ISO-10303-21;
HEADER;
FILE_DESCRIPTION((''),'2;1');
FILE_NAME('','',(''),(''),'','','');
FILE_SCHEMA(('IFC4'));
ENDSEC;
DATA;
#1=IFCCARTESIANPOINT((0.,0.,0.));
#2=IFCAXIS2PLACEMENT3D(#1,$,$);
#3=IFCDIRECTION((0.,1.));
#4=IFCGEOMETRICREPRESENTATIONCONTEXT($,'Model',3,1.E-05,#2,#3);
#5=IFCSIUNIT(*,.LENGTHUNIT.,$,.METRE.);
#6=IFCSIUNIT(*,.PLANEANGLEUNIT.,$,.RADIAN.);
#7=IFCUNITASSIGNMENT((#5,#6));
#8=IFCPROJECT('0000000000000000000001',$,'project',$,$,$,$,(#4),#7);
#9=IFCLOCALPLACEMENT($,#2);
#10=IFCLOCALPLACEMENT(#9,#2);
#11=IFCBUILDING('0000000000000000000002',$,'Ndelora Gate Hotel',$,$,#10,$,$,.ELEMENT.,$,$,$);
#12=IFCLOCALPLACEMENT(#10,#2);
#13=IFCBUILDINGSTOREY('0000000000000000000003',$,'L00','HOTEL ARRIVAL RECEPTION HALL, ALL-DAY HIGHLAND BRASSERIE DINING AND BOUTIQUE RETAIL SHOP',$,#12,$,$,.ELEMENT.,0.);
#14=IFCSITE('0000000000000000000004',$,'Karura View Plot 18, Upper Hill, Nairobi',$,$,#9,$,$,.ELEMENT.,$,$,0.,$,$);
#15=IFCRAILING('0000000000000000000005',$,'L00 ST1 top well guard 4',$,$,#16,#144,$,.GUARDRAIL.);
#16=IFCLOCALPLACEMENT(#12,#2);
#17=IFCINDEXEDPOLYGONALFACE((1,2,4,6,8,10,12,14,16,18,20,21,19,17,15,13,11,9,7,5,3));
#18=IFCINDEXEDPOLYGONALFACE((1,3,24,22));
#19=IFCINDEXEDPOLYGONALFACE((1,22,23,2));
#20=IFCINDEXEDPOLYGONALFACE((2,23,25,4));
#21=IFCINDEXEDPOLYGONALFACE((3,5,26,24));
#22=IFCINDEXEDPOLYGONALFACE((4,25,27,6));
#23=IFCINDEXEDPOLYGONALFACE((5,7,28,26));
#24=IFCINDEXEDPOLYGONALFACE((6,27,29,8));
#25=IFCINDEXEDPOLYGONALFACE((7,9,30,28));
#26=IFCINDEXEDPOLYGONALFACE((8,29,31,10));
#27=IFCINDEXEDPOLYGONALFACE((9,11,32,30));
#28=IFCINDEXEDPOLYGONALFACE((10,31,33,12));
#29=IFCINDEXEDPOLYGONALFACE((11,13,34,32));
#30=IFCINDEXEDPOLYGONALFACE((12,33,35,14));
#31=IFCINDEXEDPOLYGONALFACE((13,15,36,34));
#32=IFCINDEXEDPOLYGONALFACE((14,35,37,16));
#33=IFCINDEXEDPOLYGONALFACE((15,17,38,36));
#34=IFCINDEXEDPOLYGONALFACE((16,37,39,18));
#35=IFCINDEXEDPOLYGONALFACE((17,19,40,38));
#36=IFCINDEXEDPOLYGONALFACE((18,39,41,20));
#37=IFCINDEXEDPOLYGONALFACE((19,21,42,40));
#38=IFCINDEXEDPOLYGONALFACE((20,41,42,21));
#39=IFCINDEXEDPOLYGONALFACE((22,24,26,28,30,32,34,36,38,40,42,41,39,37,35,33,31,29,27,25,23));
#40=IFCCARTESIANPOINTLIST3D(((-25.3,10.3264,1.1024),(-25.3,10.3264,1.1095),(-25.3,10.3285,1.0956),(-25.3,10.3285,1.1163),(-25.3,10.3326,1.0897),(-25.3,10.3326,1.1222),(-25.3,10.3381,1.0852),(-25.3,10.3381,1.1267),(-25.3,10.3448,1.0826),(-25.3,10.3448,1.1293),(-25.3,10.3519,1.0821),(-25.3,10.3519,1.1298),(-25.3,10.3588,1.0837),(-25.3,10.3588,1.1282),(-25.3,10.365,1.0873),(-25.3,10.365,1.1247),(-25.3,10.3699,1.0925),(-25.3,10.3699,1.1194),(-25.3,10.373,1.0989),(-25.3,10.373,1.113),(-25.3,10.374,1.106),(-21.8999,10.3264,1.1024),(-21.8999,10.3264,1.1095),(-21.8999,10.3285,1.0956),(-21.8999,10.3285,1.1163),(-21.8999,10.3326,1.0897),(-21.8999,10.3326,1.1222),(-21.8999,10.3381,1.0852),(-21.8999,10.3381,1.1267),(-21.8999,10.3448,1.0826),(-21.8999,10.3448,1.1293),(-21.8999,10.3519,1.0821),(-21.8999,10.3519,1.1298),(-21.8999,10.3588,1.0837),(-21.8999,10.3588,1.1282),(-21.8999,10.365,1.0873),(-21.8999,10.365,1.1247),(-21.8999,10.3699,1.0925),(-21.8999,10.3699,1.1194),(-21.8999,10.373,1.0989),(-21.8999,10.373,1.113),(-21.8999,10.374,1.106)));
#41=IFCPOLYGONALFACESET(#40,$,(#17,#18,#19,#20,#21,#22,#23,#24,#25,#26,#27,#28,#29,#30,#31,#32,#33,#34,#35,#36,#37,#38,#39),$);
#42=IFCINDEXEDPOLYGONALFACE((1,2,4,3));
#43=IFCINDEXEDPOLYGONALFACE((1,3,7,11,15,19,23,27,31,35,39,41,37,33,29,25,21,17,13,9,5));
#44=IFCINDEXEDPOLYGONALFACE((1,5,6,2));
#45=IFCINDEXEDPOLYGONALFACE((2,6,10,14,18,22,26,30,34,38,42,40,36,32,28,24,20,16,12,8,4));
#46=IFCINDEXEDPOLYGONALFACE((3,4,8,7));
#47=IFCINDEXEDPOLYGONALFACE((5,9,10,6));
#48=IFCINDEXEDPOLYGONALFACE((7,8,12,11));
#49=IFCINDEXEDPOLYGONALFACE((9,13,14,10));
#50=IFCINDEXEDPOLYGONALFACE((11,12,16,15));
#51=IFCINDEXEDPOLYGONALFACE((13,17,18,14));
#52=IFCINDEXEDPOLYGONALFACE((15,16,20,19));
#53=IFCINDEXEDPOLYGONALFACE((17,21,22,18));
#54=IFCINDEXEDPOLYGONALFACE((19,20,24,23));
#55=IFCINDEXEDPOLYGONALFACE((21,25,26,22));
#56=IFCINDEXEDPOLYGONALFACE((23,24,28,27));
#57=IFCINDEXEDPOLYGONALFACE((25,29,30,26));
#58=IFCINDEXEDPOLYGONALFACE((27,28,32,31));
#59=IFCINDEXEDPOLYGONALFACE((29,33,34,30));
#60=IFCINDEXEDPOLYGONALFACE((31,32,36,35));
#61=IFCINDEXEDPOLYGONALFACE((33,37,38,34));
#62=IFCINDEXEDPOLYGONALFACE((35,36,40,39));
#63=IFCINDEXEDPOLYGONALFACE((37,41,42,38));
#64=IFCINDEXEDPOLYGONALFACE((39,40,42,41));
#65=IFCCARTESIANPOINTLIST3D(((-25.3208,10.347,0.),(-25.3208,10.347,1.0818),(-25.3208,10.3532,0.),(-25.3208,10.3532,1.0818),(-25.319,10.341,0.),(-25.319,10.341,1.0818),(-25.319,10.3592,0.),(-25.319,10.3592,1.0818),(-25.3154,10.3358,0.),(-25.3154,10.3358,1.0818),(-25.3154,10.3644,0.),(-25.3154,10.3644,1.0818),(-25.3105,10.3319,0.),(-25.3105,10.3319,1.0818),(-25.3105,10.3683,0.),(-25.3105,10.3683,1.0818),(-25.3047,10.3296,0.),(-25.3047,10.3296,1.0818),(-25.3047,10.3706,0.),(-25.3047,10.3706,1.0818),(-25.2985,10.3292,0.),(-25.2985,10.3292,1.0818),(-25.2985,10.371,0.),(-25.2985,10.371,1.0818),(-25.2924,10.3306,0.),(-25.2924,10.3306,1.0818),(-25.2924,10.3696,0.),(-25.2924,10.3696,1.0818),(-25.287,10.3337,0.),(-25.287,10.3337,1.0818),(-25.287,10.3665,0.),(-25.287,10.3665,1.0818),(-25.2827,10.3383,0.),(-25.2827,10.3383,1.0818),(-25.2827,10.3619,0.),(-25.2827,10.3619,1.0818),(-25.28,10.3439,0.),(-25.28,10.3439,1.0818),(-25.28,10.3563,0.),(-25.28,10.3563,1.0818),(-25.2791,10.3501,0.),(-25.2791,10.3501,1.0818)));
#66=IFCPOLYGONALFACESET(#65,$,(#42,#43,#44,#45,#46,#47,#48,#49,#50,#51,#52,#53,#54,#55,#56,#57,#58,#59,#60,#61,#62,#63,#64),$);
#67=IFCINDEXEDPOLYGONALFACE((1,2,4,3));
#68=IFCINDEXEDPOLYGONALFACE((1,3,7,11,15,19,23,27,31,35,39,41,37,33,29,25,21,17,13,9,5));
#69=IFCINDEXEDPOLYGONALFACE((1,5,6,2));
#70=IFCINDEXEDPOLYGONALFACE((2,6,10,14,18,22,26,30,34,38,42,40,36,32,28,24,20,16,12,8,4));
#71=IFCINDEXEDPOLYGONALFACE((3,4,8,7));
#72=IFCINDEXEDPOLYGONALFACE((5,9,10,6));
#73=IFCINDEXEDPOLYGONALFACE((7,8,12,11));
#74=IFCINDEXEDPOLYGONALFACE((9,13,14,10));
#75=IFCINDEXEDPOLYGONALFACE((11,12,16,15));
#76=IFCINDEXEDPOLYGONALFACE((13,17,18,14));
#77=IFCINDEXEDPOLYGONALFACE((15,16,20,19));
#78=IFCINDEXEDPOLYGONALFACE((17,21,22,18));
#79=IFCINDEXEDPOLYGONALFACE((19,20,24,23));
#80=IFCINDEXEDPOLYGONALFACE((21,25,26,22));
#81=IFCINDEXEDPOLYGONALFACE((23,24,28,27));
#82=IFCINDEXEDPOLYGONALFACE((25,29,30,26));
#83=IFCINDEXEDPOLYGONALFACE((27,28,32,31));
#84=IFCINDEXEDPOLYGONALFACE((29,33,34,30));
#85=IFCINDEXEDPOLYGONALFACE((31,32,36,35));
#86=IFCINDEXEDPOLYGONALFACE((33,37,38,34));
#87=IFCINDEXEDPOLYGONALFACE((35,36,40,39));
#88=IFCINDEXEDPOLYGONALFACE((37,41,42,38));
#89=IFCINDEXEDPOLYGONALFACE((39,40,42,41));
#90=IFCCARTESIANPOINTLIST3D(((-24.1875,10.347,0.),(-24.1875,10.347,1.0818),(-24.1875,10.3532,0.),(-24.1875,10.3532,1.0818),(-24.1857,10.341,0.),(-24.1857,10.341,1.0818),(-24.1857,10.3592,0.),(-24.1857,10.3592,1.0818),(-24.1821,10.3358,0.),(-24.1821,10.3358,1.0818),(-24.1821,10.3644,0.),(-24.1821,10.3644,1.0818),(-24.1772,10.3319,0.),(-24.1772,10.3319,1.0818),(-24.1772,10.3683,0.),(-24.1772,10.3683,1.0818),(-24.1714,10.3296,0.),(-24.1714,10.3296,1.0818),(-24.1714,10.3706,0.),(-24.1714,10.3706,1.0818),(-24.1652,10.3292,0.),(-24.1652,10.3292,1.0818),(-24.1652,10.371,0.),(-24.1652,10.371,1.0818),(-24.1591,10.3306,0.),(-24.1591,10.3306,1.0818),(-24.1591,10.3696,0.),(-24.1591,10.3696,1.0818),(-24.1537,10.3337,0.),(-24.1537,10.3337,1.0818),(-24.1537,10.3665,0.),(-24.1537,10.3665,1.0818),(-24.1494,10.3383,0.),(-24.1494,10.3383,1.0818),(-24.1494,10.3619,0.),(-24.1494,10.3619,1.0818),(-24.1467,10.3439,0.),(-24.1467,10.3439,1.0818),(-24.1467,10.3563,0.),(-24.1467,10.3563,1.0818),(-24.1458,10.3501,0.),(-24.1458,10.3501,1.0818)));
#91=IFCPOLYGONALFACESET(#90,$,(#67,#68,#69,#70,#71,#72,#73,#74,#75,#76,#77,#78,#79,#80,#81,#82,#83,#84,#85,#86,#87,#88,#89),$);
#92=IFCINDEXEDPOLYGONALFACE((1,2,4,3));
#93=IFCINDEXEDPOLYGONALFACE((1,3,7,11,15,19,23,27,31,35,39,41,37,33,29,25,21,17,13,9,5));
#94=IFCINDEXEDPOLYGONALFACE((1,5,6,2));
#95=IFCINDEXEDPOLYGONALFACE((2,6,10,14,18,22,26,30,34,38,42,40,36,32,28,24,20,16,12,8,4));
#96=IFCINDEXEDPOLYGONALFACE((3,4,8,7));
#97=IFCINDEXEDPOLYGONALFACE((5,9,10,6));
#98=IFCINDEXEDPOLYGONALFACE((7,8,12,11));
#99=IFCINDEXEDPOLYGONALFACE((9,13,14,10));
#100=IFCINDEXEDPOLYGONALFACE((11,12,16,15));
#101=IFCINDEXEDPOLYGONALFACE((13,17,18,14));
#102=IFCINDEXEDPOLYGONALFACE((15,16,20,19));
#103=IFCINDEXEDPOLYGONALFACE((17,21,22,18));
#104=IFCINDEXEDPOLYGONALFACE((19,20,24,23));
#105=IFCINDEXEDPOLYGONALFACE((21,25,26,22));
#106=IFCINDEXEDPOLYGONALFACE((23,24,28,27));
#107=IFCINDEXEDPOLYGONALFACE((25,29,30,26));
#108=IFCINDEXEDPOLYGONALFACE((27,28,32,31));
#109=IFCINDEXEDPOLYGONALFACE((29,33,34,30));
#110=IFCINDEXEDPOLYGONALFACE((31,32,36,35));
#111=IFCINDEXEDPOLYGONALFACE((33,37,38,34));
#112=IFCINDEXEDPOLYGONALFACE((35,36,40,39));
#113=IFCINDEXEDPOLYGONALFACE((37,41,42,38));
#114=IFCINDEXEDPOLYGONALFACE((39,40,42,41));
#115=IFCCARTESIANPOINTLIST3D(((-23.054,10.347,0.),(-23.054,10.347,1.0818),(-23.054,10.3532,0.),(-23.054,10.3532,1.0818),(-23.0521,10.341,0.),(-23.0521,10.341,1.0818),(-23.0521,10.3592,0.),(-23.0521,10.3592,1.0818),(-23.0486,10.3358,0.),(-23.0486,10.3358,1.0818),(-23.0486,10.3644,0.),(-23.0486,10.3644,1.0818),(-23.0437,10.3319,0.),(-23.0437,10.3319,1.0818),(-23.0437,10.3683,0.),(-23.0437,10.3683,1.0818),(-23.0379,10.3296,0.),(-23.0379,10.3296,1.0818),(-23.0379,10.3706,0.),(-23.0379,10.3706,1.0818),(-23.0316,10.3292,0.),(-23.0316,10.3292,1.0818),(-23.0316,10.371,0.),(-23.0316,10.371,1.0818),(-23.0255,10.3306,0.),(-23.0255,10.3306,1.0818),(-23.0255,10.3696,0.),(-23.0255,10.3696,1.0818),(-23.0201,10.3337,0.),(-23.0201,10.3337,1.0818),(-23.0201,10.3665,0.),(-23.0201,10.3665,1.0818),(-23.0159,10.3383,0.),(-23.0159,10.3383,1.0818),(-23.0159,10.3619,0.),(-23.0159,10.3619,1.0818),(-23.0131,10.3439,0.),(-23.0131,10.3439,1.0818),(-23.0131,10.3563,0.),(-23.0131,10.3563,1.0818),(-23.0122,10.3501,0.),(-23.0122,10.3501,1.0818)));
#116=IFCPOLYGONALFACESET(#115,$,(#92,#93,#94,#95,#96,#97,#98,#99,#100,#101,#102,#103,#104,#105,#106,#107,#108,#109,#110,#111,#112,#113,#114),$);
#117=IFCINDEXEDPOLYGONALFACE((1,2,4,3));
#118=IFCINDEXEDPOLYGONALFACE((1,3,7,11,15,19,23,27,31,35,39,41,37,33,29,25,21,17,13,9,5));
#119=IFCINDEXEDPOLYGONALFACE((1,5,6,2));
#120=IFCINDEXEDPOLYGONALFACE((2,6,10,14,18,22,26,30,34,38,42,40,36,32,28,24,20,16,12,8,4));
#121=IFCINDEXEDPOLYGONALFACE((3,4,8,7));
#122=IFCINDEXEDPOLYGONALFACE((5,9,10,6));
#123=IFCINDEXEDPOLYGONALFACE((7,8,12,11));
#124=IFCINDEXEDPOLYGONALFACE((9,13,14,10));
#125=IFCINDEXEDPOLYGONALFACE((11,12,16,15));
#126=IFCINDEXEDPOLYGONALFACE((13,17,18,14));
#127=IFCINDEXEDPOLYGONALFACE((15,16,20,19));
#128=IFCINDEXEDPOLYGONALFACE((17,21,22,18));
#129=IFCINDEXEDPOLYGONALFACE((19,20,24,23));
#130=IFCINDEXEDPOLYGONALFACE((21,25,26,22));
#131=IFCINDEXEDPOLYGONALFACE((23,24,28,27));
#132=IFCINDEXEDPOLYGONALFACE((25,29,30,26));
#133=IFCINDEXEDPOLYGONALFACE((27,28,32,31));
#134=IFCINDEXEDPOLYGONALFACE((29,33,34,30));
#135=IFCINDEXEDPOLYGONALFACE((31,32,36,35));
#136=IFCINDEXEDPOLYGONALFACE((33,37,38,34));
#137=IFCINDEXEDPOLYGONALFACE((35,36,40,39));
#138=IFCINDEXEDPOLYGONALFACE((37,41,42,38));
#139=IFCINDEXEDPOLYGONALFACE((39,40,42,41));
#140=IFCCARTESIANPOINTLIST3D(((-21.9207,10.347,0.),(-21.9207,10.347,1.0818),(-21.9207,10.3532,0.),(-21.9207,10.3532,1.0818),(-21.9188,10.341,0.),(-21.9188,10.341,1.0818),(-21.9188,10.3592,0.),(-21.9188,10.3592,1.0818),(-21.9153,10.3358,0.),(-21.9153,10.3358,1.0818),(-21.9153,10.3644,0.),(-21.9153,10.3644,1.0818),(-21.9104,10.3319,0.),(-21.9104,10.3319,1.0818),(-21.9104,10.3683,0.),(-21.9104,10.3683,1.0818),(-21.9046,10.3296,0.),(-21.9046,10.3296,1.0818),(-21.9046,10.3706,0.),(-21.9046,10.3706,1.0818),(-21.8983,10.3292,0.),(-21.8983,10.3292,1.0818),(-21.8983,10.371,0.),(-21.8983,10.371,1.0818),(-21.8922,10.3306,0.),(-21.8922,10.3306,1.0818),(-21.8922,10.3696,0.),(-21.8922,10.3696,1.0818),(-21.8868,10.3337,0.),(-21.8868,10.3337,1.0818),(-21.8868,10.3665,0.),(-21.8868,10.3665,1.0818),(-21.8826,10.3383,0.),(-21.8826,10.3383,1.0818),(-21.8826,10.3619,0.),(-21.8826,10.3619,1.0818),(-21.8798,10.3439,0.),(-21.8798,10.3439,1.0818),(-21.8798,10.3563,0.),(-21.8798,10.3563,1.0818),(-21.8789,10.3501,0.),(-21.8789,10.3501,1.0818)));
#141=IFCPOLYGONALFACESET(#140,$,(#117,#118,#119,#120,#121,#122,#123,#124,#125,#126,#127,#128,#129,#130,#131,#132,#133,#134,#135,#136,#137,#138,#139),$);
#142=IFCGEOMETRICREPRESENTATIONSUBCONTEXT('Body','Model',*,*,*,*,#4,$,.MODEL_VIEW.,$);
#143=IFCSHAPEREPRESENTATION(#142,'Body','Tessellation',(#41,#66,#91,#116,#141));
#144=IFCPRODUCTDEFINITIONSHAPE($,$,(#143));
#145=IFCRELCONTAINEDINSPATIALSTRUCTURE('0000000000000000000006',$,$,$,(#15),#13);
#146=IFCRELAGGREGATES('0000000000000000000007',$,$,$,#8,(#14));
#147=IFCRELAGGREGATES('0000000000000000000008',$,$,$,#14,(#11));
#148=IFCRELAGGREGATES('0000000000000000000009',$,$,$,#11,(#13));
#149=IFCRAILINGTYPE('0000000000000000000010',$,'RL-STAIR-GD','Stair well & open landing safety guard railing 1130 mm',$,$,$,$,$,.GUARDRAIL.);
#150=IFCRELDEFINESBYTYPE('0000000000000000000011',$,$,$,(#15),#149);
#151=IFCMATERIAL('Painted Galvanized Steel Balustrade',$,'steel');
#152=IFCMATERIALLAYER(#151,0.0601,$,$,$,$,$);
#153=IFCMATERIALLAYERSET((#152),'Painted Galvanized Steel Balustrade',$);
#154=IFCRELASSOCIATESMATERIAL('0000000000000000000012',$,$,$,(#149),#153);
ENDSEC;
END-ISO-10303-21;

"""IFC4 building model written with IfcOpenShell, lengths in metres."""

from ifc_helpers import new_model, si_unit, direction, frame, origin, origin_2d, place, context, subcontext, project, spatial, circle, extrude, material, layer, layer_set, type_object, element, save


model = new_model("IFC4")

# Units and contexts
model_context = context("Model", 3, precision=1e-05, world=origin(), true_north=direction((0.0, 1.0)))
body_context = subcontext(model_context, "Body", "Model", "MODEL_VIEW")
ifc_project = project(units=[si_unit("LENGTHUNIT", "METRE"), si_unit("PLANEANGLEUNIT", "RADIAN")], contexts=[model_context])

# Site, building, storey
site_placement = place(None, origin())
site = spatial("IfcSite", under=ifc_project, at=site_placement, Name="Karura View Plot 18, Upper Hill, Nairobi", CompositionType="ELEMENT", RefElevation=0.0)
building_placement = place(site_placement, origin())
building = spatial("IfcBuilding", under=site, at=building_placement, Name="Ndelora Gate Hotel", CompositionType="ELEMENT")
storey_placement = place(building_placement, origin())
storey = spatial("IfcBuildingStorey", under=building, at=storey_placement, Name="L00", Description="HOTEL ARRIVAL RECEPTION HALL, ALL-DAY HIGHLAND BRASSERIE DINING AND BOUTIQUE RETAIL SHOP", CompositionType="ELEMENT", Elevation=0.0)

# Railing
ifc_material_1 = material(Name="Painted Galvanized Steel Balustrade", Category="steel")
ifc_layer_1 = layer(ifc_material_1, 0.0601)
ifc_layer_set_1 = layer_set([ifc_layer_1], Name="Painted Galvanized Steel Balustrade")
railing_type = type_object("IfcRailingType", Name="RL-STAIR-GD", Description="Stair well & open landing safety guard railing 1130 mm", PredefinedType="GUARDRAIL", material=ifc_layer_set_1)
railing_1_placement = place(storey_placement, frame((-25.3, 10.3501, 0.0)))
element("IfcRailing", 1, at=railing_1_placement, inside=storey, type_object=railing_type, Name="L00 ST1 top well guard 4", PredefinedType="GUARDRAIL", context=body_context, shape_type="SweptSolid", body=[
    extrude(circle(Radius=0.0239, at=origin_2d()), frame((0.0, 0.0, 1.106), z_axis=(1.0, 0.0, 0.0), x_axis=(0.0, 1.0, 0.0)), (0.0, 0.0, 1.0), 3.4001),
    extrude(circle(Radius=0.021, at=origin_2d()), origin(), (0.0, 0.0, 1.0), 1.0818),
    extrude(circle(Radius=0.021, at=origin_2d()), frame((1.1333, 0.0, 0.0)), (0.0, 0.0, 1.0), 1.0818),
    extrude(circle(Radius=0.021, at=origin_2d()), frame((2.2668, 0.0, 0.0)), (0.0, 0.0, 1.0), 1.0818),
    extrude(circle(Radius=0.021, at=origin_2d()), frame((3.4001, 0.0, 0.0)), (0.0, 0.0, 1.0), 1.0818),
])

save(model, "model.ifc")
